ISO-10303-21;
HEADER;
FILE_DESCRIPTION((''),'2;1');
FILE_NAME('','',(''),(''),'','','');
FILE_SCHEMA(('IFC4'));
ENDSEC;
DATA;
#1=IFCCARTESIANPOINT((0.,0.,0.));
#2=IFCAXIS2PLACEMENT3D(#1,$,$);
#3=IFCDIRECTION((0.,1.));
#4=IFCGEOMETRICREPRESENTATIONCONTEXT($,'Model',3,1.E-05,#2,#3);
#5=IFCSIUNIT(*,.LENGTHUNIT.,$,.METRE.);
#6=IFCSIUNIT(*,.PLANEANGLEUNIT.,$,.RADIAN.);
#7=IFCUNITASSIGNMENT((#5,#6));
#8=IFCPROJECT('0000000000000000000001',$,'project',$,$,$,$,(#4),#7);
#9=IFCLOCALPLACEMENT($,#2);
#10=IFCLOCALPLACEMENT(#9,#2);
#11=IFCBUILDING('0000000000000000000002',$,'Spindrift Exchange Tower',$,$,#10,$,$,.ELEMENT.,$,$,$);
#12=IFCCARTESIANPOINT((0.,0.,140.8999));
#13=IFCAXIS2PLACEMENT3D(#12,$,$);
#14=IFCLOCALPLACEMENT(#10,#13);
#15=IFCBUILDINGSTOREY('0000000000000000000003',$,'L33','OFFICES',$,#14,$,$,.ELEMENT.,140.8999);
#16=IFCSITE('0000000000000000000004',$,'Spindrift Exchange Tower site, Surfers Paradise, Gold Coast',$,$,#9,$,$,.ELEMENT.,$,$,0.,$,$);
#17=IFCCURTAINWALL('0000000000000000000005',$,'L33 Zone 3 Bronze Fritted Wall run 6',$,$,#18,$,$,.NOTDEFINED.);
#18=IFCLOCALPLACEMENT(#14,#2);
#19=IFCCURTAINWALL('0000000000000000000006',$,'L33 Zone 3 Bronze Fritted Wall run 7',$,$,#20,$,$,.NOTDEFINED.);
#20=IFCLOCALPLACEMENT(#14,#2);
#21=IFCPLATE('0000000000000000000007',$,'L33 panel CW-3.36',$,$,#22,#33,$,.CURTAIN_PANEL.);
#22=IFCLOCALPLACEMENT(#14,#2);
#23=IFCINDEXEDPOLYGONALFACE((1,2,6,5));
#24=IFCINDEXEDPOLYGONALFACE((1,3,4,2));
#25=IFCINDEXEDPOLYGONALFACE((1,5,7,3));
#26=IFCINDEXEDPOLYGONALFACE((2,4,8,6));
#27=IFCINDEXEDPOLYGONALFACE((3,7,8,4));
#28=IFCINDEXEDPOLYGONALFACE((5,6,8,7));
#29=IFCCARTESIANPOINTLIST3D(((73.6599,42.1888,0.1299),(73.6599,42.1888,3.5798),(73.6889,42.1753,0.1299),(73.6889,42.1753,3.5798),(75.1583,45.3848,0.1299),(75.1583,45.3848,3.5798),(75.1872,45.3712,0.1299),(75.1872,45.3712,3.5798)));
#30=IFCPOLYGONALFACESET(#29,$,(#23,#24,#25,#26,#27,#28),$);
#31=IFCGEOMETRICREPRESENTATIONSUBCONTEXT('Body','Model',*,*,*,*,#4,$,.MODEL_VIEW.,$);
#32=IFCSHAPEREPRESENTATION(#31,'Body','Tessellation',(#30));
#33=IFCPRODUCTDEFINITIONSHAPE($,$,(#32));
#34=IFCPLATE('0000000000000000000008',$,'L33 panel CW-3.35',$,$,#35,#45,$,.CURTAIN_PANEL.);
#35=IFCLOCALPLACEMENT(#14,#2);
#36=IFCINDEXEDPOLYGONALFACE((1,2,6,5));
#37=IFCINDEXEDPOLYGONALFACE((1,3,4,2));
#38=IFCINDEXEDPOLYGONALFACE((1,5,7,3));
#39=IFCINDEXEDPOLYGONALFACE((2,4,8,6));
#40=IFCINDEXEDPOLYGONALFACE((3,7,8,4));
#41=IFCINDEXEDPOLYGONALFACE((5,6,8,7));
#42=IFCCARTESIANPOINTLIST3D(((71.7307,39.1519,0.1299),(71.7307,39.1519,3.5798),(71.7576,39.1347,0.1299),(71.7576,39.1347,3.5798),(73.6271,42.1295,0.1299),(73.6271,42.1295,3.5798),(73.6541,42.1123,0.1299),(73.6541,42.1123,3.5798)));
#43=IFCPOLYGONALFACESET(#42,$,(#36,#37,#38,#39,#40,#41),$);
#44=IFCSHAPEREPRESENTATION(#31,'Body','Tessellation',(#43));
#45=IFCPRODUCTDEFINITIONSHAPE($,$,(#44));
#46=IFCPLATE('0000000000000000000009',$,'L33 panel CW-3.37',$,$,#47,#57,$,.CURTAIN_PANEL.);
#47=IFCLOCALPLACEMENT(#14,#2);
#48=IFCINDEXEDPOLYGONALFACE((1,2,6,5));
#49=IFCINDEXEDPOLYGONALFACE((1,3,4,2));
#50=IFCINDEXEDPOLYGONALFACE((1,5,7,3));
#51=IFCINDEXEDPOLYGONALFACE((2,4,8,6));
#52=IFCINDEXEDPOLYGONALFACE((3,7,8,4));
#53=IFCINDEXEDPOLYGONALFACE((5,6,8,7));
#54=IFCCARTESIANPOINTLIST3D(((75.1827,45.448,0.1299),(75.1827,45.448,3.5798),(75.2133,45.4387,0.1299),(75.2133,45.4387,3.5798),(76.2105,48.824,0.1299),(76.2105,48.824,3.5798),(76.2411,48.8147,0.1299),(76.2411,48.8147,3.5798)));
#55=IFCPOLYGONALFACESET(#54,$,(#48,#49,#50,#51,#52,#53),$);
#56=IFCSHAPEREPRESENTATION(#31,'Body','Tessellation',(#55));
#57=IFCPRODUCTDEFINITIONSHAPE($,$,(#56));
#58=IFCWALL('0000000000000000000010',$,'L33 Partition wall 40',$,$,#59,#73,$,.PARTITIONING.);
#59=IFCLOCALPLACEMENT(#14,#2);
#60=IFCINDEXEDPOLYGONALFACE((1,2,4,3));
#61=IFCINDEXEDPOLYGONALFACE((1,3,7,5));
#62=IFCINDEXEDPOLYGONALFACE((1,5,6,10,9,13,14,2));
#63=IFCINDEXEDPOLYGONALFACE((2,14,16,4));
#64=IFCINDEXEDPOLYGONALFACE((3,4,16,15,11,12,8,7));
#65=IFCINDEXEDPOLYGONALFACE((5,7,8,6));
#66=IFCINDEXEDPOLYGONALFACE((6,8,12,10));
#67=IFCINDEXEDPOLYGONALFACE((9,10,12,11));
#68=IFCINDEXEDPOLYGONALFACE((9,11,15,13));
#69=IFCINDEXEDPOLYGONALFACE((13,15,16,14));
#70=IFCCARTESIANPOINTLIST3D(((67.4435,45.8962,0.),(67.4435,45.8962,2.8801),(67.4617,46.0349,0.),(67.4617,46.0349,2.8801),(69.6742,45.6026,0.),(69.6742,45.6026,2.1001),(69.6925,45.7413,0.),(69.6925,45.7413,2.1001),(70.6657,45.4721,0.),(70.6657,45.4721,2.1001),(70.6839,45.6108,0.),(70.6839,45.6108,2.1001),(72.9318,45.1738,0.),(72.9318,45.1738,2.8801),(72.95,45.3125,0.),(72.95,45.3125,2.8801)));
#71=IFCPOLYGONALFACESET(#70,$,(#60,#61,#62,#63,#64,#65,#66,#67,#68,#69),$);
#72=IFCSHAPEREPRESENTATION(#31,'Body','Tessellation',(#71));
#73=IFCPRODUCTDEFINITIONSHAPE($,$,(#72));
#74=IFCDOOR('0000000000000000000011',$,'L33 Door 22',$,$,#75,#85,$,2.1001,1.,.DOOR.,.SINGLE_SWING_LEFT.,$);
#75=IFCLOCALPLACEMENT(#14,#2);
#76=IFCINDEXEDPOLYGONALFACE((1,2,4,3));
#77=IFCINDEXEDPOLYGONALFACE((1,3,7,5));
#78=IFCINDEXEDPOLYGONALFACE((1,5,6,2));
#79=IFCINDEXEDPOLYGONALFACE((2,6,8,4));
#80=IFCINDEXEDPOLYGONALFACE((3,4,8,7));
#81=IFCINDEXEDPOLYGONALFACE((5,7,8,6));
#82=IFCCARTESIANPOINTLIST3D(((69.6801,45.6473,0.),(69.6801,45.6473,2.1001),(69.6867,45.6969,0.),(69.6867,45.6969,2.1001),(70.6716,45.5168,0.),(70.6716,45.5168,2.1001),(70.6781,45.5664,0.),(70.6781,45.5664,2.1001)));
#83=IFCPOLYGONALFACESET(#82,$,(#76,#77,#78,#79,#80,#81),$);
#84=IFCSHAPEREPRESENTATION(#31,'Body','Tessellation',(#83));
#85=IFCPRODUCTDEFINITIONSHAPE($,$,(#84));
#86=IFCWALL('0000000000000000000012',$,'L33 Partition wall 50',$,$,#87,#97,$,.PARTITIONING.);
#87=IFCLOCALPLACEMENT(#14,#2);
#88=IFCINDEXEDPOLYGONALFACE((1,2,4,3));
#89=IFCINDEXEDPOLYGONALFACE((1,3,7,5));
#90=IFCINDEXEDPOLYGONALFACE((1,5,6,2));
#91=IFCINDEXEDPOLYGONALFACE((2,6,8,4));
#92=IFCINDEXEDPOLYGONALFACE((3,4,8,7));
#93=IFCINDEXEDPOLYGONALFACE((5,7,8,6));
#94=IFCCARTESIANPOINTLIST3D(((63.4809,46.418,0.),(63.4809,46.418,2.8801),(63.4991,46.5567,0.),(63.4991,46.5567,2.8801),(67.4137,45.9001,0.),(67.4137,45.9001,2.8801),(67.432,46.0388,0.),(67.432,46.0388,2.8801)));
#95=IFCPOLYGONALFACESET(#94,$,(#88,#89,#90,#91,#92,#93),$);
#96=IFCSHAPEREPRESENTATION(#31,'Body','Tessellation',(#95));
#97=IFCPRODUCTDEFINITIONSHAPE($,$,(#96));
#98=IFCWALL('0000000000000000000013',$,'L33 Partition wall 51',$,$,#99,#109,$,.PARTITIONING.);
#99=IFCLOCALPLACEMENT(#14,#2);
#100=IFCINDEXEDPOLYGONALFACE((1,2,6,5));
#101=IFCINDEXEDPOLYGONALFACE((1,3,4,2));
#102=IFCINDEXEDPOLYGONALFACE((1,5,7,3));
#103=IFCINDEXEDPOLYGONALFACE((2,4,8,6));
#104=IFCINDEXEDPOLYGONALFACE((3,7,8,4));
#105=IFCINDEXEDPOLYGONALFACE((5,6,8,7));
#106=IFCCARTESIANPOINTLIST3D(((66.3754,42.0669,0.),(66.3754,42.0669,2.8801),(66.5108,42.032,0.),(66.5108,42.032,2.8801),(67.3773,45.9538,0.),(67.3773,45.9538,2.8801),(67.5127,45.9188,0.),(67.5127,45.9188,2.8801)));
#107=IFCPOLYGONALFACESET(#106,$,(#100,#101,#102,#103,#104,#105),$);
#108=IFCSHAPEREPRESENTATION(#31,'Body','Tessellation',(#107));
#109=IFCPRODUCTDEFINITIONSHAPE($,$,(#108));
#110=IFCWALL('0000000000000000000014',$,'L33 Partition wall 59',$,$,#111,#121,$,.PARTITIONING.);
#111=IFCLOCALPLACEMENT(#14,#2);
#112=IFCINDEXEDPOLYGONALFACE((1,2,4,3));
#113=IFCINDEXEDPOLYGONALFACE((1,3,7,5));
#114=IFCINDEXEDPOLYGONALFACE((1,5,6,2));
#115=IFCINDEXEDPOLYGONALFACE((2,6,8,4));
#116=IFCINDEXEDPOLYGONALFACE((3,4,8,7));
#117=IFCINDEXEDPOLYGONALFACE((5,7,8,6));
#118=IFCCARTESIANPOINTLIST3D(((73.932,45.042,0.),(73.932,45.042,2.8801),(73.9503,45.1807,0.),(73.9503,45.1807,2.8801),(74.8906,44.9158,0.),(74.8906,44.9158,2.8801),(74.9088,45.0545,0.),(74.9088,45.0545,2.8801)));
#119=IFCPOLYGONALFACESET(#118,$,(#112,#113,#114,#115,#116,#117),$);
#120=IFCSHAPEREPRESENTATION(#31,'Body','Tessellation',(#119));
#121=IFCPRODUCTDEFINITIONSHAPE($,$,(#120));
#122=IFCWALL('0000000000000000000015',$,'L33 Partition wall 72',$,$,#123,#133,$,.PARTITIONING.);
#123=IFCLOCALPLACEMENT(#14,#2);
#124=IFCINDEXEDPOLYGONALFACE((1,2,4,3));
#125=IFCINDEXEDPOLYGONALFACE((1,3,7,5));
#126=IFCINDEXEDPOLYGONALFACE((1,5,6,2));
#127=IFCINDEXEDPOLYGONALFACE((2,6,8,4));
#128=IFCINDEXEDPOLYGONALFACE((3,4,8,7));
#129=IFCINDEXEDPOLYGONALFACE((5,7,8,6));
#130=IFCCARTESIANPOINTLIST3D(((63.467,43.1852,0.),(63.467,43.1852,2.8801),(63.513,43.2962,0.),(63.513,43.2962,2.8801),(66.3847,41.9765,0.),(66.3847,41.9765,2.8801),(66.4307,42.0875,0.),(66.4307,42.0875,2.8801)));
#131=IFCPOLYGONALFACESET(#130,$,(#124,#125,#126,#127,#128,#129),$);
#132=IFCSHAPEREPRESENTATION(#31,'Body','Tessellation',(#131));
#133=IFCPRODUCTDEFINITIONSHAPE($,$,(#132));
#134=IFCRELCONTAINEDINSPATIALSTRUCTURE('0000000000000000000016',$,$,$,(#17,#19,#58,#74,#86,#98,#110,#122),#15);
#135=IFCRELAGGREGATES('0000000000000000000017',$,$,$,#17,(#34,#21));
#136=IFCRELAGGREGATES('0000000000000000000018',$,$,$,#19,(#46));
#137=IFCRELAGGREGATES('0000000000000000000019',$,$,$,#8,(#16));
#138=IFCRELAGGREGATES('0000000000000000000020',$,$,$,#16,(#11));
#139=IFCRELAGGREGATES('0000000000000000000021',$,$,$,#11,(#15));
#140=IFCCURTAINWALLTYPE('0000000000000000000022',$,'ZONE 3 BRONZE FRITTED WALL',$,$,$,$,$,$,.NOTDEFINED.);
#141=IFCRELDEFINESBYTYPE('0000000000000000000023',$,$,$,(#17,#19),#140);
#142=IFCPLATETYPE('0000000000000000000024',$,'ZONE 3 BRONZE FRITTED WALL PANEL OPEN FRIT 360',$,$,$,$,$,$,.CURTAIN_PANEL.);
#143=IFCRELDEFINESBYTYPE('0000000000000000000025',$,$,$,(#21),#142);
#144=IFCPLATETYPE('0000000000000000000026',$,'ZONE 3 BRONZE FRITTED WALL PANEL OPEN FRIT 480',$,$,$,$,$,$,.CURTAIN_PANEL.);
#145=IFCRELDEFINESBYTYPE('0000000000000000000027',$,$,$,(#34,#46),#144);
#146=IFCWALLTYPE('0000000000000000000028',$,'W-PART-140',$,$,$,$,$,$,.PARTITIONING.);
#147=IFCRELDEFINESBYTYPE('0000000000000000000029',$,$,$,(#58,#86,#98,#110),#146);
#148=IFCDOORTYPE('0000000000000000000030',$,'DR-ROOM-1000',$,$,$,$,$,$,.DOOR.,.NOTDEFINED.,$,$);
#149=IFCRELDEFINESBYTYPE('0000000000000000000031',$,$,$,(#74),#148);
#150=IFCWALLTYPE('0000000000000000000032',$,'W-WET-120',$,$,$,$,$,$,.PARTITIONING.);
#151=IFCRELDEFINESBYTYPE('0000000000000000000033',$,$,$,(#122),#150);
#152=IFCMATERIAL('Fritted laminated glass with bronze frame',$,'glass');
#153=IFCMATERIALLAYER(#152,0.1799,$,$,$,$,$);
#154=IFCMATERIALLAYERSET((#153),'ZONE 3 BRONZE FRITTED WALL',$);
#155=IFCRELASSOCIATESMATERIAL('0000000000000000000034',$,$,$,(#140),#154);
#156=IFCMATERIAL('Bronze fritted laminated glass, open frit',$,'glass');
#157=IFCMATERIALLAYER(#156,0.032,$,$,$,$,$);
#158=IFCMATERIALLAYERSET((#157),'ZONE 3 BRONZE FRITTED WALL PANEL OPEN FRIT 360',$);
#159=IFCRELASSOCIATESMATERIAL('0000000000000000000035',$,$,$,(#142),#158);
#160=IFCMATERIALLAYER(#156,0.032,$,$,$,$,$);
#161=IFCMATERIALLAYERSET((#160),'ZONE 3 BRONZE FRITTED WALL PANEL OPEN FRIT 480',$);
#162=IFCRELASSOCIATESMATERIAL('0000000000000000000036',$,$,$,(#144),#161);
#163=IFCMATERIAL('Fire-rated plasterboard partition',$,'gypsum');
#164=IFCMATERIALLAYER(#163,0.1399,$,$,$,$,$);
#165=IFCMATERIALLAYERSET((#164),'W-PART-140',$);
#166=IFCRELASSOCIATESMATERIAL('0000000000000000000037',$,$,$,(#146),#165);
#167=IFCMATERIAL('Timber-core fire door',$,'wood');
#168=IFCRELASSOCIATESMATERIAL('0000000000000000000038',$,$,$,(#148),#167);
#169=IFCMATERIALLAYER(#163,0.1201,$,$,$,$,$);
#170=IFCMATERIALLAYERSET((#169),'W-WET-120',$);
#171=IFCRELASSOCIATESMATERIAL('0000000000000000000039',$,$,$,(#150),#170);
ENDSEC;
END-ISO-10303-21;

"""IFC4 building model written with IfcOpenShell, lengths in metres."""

from ifc_helpers import new_model, si_unit, direction, frame, frame_2d, origin, origin_2d, place, context, subcontext, project, spatial, rectangle, extrude, source, transform, mapped, material, layer, layer_set, type_object, element, fill, aggregate, save


model = new_model("IFC4")

# Units and contexts
model_context = context("Model", 3, precision=1e-05, world=origin(), true_north=direction((0.0, 1.0)))
body_context = subcontext(model_context, "Body", "Model", "MODEL_VIEW")
ifc_project = project(units=[si_unit("LENGTHUNIT", "METRE"), si_unit("PLANEANGLEUNIT", "RADIAN")], contexts=[model_context])

# Site, building, storey
site_placement = place(None, origin())
site = spatial("IfcSite", under=ifc_project, at=site_placement, Name="Spindrift Exchange Tower site, Surfers Paradise, Gold Coast", CompositionType="ELEMENT", RefElevation=0.0)
building_placement = place(site_placement, origin())
building = spatial("IfcBuilding", under=site, at=building_placement, Name="Spindrift Exchange Tower", CompositionType="ELEMENT")
storey_placement = place(building_placement, frame((0.0, 0.0, 140.8999)))
storey = spatial("IfcBuildingStorey", under=building, at=storey_placement, Name="L33", Description="OFFICES", CompositionType="ELEMENT", Elevation=140.8999)

# Curtain wall
ifc_material_1 = material(Name="Fritted laminated glass with bronze frame", Category="glass")
ifc_layer_1 = layer(ifc_material_1, 0.1799)
ifc_layer_set_1 = layer_set([ifc_layer_1], Name="ZONE 3 BRONZE FRITTED WALL")
curtain_wall_type = type_object("IfcCurtainWallType", Name="ZONE 3 BRONZE FRITTED WALL", PredefinedType="NOTDEFINED", material=ifc_layer_set_1)
curtain_wall_1_placement = place(storey_placement, origin())
curtain_wall_1 = element("IfcCurtainWall", 1, at=curtain_wall_1_placement, inside=storey, type_object=curtain_wall_type, Name="L33 Zone 3 Bronze Fritted Wall run 6", PredefinedType="NOTDEFINED")

# Curtain wall
curtain_wall_2_placement = place(storey_placement, origin())
curtain_wall_2 = element("IfcCurtainWall", 2, at=curtain_wall_2_placement, inside=storey, type_object=curtain_wall_type, Name="L33 Zone 3 Bronze Fritted Wall run 7", PredefinedType="NOTDEFINED")

# Plates
ifc_material_2 = material(Name="Bronze fritted laminated glass, open frit", Category="glass")
ifc_layer_2 = layer(ifc_material_2, 0.032)
ifc_layer_set_2 = layer_set([ifc_layer_2], Name="ZONE 3 BRONZE FRITTED WALL PANEL OPEN FRIT 360")
plate_type_1 = type_object("IfcPlateType", Name="ZONE 3 BRONZE FRITTED WALL PANEL OPEN FRIT 360", PredefinedType="CURTAIN_PANEL", material=ifc_layer_set_2)
shared_shape_1 = source(origin(), body_context, "Body", "SweptSolid", [
    extrude(rectangle(XDim=3.5298, YDim=0.032, at=origin_2d()), origin(), (0.0, 0.0, 1.0), 3.45),
])
plate_1_placement = place(storey_placement, frame((74.4236, 43.78, 0.1299), z_axis=(0.0, 0.0, 1.0), x_axis=(0.424492, 0.905432, 0.0)))
plate_1 = element("IfcPlate", 3, at=plate_1_placement, type_object=plate_type_1, Name="L33 panel CW-3.36", PredefinedType="CURTAIN_PANEL", context=body_context, shape_type="MappedRepresentation", body=[
    mapped(shared_shape_1, transform((0.0, 0.0, 0.0), scale=1.0)),
])
ifc_layer_3 = layer(ifc_material_2, 0.032)
ifc_layer_set_3 = layer_set([ifc_layer_3], Name="ZONE 3 BRONZE FRITTED WALL PANEL OPEN FRIT 480")
plate_type_2 = type_object("IfcPlateType", Name="ZONE 3 BRONZE FRITTED WALL PANEL OPEN FRIT 480", PredefinedType="CURTAIN_PANEL", material=ifc_layer_set_3)
shared_shape_2 = source(origin(), body_context, "Body", "SweptSolid", [
    extrude(rectangle(XDim=3.5303, YDim=0.032, at=origin_2d()), origin(), (0.0, 0.0, 1.0), 3.45),
])
plate_2_placement = place(storey_placement, frame((72.6924, 40.6321, 0.1299), z_axis=(0.0, 0.0, 1.0), x_axis=(0.537202, 0.843453, 0.0)))
plate_2 = element("IfcPlate", 4, at=plate_2_placement, type_object=plate_type_2, Name="L33 panel CW-3.35", PredefinedType="CURTAIN_PANEL", context=body_context, shape_type="MappedRepresentation", body=[
    mapped(shared_shape_2, transform((0.0, 0.0, 0.0), scale=1.0)),
])
aggregate(curtain_wall_1, [plate_2, plate_1])
shared_shape_3 = source(origin(), body_context, "Body", "SweptSolid", [
    extrude(rectangle(XDim=3.5291, YDim=0.032, at=origin_2d()), origin(), (0.0, 0.0, 1.0), 3.45),
])
plate_3_placement = place(storey_placement, frame((75.7119, 47.1313, 0.1299), z_axis=(0.0, 0.0, 1.0), x_axis=(0.291238, 0.956651, 0.0)))
plate_3 = element("IfcPlate", 5, at=plate_3_placement, type_object=plate_type_2, Name="L33 panel CW-3.37", PredefinedType="CURTAIN_PANEL", context=body_context, shape_type="MappedRepresentation", body=[
    mapped(shared_shape_3, transform((0.0, 0.0, 0.0), scale=1.0)),
])
aggregate(curtain_wall_2, [plate_3])

# Wall, opening, door
ifc_material_3 = material(Name="Fire-rated plasterboard partition", Category="gypsum")
ifc_layer_4 = layer(ifc_material_3, 0.1399)
ifc_layer_set_4 = layer_set([ifc_layer_4], Name="W-PART-140")
wall_type_1 = type_object("IfcWallType", Name="W-PART-140", PredefinedType="PARTITIONING", material=ifc_layer_set_4)
wall_1_placement = place(storey_placement, frame((72.9409, 45.2432, 0.0), z_axis=(0.0, 0.0, 1.0), x_axis=(-0.991448, 0.130502, 0.0)))
wall_1 = element("IfcWall", 6, at=wall_1_placement, inside=storey, type_object=wall_type_1, Name="L33 Partition wall 40", PredefinedType="PARTITIONING", context=body_context, shape_type="SweptSolid", body=[
    extrude(rectangle(XDim=5.5356, YDim=0.1399, at=frame_2d((2.7678, 0.0))), origin(), (0.0, 0.0, 1.0), 2.8801),
])
opening_placement = place(wall_1_placement, frame((2.2856, 0.0, 0.0)))
opening = element("IfcOpeningElement", 7, at=opening_placement, cuts=wall_1, PredefinedType="OPENING", context=body_context, shape_type="SweptSolid", body=[
    extrude(rectangle(XDim=1.0, YDim=2.1001, at=frame_2d((0.5, 1.05))), frame((0.0, 0.0798, 0.0), z_axis=(0.0, -1.0, 0.0), x_axis=(1.0, 0.0, 0.0)), (0.0, 0.0, 1.0), 0.1599),
])
ifc_material_4 = material(Name="Timber-core fire door", Category="wood")
door_type = type_object("IfcDoorType", Name="DR-ROOM-1000", OperationType="NOTDEFINED", PredefinedType="DOOR", material=ifc_material_4)
shared_shape_4 = source(origin(), body_context, "Body", "SweptSolid", [
    extrude(rectangle(XDim=1.0, YDim=2.1001, at=frame_2d((0.5, 1.05))), frame((0.0, 0.0249, 0.0), z_axis=(0.0, -1.0, 0.0), x_axis=(1.0, 0.0, 0.0)), (0.0, 0.0, 1.0), 0.05),
])
door_placement = place(opening_placement, origin())
door = element("IfcDoor", 8, at=door_placement, inside=storey, type_object=door_type, Name="L33 Door 22", OperationType="SINGLE_SWING_LEFT", OverallHeight=2.1001, OverallWidth=1.0, PredefinedType="DOOR", context=body_context, shape_type="MappedRepresentation", body=[
    mapped(shared_shape_4, transform((0.0, 0.0, 0.0), scale=1.0)),
])
fill(opening, door)

# Walls
wall_2_placement = place(storey_placement, frame((63.49, 46.4873, 0.0), z_axis=(0.0, 0.0, 1.0), x_axis=(0.991443, -0.130539, 0.0)))
element("IfcWall", 9, at=wall_2_placement, inside=storey, type_object=wall_type_1, Name="L33 Partition wall 50", PredefinedType="PARTITIONING", context=body_context, shape_type="SweptSolid", body=[
    extrude(rectangle(XDim=3.9668, YDim=0.1399, at=frame_2d((1.9834, 0.0))), origin(), (0.0, 0.0, 1.0), 2.8801),
])
wall_3_placement = place(storey_placement, frame((66.4431, 42.0496, 0.0), z_axis=(0.0, 0.0, 1.0), x_axis=(0.249613, 0.968346, 0.0)))
element("IfcWall", 10, at=wall_3_placement, inside=storey, type_object=wall_type_1, Name="L33 Partition wall 51", PredefinedType="PARTITIONING", context=body_context, shape_type="SweptSolid", body=[
    extrude(rectangle(XDim=4.0139, YDim=0.1399, at=frame_2d((2.0068, 0.0))), origin(), (0.0, 0.0, 1.0), 2.8801),
])
wall_4_placement = place(storey_placement, frame((73.9412, 45.1113, 0.0), z_axis=(0.0, 0.0, 1.0), x_axis=(0.991441, -0.130559, 0.0)))
element("IfcWall", 11, at=wall_4_placement, inside=storey, type_object=wall_type_1, Name="L33 Partition wall 59", PredefinedType="PARTITIONING", context=body_context, shape_type="SweptSolid", body=[
    extrude(rectangle(XDim=0.9668, YDim=0.1399, at=frame_2d((0.4834, 0.0))), origin(), (0.0, 0.0, 1.0), 2.8801),
])
ifc_layer_5 = layer(ifc_material_3, 0.1201)
ifc_layer_set_5 = layer_set([ifc_layer_5], Name="W-WET-120")
wall_type_2 = type_object("IfcWallType", Name="W-WET-120", PredefinedType="PARTITIONING", material=ifc_layer_set_5)
wall_5_placement = place(storey_placement, frame((63.49, 43.2407, 0.0), z_axis=(0.0, 0.0, 1.0), x_axis=(0.923859, -0.382732, 0.0)))
element("IfcWall", 12, at=wall_5_placement, inside=storey, type_object=wall_type_2, Name="L33 Partition wall 72", PredefinedType="PARTITIONING", context=body_context, shape_type="SweptSolid", body=[
    extrude(rectangle(XDim=3.1582, YDim=0.1201, at=frame_2d((1.5791, 0.0))), origin(), (0.0, 0.0, 1.0), 2.8801),
])

save(model, "model.ifc")
